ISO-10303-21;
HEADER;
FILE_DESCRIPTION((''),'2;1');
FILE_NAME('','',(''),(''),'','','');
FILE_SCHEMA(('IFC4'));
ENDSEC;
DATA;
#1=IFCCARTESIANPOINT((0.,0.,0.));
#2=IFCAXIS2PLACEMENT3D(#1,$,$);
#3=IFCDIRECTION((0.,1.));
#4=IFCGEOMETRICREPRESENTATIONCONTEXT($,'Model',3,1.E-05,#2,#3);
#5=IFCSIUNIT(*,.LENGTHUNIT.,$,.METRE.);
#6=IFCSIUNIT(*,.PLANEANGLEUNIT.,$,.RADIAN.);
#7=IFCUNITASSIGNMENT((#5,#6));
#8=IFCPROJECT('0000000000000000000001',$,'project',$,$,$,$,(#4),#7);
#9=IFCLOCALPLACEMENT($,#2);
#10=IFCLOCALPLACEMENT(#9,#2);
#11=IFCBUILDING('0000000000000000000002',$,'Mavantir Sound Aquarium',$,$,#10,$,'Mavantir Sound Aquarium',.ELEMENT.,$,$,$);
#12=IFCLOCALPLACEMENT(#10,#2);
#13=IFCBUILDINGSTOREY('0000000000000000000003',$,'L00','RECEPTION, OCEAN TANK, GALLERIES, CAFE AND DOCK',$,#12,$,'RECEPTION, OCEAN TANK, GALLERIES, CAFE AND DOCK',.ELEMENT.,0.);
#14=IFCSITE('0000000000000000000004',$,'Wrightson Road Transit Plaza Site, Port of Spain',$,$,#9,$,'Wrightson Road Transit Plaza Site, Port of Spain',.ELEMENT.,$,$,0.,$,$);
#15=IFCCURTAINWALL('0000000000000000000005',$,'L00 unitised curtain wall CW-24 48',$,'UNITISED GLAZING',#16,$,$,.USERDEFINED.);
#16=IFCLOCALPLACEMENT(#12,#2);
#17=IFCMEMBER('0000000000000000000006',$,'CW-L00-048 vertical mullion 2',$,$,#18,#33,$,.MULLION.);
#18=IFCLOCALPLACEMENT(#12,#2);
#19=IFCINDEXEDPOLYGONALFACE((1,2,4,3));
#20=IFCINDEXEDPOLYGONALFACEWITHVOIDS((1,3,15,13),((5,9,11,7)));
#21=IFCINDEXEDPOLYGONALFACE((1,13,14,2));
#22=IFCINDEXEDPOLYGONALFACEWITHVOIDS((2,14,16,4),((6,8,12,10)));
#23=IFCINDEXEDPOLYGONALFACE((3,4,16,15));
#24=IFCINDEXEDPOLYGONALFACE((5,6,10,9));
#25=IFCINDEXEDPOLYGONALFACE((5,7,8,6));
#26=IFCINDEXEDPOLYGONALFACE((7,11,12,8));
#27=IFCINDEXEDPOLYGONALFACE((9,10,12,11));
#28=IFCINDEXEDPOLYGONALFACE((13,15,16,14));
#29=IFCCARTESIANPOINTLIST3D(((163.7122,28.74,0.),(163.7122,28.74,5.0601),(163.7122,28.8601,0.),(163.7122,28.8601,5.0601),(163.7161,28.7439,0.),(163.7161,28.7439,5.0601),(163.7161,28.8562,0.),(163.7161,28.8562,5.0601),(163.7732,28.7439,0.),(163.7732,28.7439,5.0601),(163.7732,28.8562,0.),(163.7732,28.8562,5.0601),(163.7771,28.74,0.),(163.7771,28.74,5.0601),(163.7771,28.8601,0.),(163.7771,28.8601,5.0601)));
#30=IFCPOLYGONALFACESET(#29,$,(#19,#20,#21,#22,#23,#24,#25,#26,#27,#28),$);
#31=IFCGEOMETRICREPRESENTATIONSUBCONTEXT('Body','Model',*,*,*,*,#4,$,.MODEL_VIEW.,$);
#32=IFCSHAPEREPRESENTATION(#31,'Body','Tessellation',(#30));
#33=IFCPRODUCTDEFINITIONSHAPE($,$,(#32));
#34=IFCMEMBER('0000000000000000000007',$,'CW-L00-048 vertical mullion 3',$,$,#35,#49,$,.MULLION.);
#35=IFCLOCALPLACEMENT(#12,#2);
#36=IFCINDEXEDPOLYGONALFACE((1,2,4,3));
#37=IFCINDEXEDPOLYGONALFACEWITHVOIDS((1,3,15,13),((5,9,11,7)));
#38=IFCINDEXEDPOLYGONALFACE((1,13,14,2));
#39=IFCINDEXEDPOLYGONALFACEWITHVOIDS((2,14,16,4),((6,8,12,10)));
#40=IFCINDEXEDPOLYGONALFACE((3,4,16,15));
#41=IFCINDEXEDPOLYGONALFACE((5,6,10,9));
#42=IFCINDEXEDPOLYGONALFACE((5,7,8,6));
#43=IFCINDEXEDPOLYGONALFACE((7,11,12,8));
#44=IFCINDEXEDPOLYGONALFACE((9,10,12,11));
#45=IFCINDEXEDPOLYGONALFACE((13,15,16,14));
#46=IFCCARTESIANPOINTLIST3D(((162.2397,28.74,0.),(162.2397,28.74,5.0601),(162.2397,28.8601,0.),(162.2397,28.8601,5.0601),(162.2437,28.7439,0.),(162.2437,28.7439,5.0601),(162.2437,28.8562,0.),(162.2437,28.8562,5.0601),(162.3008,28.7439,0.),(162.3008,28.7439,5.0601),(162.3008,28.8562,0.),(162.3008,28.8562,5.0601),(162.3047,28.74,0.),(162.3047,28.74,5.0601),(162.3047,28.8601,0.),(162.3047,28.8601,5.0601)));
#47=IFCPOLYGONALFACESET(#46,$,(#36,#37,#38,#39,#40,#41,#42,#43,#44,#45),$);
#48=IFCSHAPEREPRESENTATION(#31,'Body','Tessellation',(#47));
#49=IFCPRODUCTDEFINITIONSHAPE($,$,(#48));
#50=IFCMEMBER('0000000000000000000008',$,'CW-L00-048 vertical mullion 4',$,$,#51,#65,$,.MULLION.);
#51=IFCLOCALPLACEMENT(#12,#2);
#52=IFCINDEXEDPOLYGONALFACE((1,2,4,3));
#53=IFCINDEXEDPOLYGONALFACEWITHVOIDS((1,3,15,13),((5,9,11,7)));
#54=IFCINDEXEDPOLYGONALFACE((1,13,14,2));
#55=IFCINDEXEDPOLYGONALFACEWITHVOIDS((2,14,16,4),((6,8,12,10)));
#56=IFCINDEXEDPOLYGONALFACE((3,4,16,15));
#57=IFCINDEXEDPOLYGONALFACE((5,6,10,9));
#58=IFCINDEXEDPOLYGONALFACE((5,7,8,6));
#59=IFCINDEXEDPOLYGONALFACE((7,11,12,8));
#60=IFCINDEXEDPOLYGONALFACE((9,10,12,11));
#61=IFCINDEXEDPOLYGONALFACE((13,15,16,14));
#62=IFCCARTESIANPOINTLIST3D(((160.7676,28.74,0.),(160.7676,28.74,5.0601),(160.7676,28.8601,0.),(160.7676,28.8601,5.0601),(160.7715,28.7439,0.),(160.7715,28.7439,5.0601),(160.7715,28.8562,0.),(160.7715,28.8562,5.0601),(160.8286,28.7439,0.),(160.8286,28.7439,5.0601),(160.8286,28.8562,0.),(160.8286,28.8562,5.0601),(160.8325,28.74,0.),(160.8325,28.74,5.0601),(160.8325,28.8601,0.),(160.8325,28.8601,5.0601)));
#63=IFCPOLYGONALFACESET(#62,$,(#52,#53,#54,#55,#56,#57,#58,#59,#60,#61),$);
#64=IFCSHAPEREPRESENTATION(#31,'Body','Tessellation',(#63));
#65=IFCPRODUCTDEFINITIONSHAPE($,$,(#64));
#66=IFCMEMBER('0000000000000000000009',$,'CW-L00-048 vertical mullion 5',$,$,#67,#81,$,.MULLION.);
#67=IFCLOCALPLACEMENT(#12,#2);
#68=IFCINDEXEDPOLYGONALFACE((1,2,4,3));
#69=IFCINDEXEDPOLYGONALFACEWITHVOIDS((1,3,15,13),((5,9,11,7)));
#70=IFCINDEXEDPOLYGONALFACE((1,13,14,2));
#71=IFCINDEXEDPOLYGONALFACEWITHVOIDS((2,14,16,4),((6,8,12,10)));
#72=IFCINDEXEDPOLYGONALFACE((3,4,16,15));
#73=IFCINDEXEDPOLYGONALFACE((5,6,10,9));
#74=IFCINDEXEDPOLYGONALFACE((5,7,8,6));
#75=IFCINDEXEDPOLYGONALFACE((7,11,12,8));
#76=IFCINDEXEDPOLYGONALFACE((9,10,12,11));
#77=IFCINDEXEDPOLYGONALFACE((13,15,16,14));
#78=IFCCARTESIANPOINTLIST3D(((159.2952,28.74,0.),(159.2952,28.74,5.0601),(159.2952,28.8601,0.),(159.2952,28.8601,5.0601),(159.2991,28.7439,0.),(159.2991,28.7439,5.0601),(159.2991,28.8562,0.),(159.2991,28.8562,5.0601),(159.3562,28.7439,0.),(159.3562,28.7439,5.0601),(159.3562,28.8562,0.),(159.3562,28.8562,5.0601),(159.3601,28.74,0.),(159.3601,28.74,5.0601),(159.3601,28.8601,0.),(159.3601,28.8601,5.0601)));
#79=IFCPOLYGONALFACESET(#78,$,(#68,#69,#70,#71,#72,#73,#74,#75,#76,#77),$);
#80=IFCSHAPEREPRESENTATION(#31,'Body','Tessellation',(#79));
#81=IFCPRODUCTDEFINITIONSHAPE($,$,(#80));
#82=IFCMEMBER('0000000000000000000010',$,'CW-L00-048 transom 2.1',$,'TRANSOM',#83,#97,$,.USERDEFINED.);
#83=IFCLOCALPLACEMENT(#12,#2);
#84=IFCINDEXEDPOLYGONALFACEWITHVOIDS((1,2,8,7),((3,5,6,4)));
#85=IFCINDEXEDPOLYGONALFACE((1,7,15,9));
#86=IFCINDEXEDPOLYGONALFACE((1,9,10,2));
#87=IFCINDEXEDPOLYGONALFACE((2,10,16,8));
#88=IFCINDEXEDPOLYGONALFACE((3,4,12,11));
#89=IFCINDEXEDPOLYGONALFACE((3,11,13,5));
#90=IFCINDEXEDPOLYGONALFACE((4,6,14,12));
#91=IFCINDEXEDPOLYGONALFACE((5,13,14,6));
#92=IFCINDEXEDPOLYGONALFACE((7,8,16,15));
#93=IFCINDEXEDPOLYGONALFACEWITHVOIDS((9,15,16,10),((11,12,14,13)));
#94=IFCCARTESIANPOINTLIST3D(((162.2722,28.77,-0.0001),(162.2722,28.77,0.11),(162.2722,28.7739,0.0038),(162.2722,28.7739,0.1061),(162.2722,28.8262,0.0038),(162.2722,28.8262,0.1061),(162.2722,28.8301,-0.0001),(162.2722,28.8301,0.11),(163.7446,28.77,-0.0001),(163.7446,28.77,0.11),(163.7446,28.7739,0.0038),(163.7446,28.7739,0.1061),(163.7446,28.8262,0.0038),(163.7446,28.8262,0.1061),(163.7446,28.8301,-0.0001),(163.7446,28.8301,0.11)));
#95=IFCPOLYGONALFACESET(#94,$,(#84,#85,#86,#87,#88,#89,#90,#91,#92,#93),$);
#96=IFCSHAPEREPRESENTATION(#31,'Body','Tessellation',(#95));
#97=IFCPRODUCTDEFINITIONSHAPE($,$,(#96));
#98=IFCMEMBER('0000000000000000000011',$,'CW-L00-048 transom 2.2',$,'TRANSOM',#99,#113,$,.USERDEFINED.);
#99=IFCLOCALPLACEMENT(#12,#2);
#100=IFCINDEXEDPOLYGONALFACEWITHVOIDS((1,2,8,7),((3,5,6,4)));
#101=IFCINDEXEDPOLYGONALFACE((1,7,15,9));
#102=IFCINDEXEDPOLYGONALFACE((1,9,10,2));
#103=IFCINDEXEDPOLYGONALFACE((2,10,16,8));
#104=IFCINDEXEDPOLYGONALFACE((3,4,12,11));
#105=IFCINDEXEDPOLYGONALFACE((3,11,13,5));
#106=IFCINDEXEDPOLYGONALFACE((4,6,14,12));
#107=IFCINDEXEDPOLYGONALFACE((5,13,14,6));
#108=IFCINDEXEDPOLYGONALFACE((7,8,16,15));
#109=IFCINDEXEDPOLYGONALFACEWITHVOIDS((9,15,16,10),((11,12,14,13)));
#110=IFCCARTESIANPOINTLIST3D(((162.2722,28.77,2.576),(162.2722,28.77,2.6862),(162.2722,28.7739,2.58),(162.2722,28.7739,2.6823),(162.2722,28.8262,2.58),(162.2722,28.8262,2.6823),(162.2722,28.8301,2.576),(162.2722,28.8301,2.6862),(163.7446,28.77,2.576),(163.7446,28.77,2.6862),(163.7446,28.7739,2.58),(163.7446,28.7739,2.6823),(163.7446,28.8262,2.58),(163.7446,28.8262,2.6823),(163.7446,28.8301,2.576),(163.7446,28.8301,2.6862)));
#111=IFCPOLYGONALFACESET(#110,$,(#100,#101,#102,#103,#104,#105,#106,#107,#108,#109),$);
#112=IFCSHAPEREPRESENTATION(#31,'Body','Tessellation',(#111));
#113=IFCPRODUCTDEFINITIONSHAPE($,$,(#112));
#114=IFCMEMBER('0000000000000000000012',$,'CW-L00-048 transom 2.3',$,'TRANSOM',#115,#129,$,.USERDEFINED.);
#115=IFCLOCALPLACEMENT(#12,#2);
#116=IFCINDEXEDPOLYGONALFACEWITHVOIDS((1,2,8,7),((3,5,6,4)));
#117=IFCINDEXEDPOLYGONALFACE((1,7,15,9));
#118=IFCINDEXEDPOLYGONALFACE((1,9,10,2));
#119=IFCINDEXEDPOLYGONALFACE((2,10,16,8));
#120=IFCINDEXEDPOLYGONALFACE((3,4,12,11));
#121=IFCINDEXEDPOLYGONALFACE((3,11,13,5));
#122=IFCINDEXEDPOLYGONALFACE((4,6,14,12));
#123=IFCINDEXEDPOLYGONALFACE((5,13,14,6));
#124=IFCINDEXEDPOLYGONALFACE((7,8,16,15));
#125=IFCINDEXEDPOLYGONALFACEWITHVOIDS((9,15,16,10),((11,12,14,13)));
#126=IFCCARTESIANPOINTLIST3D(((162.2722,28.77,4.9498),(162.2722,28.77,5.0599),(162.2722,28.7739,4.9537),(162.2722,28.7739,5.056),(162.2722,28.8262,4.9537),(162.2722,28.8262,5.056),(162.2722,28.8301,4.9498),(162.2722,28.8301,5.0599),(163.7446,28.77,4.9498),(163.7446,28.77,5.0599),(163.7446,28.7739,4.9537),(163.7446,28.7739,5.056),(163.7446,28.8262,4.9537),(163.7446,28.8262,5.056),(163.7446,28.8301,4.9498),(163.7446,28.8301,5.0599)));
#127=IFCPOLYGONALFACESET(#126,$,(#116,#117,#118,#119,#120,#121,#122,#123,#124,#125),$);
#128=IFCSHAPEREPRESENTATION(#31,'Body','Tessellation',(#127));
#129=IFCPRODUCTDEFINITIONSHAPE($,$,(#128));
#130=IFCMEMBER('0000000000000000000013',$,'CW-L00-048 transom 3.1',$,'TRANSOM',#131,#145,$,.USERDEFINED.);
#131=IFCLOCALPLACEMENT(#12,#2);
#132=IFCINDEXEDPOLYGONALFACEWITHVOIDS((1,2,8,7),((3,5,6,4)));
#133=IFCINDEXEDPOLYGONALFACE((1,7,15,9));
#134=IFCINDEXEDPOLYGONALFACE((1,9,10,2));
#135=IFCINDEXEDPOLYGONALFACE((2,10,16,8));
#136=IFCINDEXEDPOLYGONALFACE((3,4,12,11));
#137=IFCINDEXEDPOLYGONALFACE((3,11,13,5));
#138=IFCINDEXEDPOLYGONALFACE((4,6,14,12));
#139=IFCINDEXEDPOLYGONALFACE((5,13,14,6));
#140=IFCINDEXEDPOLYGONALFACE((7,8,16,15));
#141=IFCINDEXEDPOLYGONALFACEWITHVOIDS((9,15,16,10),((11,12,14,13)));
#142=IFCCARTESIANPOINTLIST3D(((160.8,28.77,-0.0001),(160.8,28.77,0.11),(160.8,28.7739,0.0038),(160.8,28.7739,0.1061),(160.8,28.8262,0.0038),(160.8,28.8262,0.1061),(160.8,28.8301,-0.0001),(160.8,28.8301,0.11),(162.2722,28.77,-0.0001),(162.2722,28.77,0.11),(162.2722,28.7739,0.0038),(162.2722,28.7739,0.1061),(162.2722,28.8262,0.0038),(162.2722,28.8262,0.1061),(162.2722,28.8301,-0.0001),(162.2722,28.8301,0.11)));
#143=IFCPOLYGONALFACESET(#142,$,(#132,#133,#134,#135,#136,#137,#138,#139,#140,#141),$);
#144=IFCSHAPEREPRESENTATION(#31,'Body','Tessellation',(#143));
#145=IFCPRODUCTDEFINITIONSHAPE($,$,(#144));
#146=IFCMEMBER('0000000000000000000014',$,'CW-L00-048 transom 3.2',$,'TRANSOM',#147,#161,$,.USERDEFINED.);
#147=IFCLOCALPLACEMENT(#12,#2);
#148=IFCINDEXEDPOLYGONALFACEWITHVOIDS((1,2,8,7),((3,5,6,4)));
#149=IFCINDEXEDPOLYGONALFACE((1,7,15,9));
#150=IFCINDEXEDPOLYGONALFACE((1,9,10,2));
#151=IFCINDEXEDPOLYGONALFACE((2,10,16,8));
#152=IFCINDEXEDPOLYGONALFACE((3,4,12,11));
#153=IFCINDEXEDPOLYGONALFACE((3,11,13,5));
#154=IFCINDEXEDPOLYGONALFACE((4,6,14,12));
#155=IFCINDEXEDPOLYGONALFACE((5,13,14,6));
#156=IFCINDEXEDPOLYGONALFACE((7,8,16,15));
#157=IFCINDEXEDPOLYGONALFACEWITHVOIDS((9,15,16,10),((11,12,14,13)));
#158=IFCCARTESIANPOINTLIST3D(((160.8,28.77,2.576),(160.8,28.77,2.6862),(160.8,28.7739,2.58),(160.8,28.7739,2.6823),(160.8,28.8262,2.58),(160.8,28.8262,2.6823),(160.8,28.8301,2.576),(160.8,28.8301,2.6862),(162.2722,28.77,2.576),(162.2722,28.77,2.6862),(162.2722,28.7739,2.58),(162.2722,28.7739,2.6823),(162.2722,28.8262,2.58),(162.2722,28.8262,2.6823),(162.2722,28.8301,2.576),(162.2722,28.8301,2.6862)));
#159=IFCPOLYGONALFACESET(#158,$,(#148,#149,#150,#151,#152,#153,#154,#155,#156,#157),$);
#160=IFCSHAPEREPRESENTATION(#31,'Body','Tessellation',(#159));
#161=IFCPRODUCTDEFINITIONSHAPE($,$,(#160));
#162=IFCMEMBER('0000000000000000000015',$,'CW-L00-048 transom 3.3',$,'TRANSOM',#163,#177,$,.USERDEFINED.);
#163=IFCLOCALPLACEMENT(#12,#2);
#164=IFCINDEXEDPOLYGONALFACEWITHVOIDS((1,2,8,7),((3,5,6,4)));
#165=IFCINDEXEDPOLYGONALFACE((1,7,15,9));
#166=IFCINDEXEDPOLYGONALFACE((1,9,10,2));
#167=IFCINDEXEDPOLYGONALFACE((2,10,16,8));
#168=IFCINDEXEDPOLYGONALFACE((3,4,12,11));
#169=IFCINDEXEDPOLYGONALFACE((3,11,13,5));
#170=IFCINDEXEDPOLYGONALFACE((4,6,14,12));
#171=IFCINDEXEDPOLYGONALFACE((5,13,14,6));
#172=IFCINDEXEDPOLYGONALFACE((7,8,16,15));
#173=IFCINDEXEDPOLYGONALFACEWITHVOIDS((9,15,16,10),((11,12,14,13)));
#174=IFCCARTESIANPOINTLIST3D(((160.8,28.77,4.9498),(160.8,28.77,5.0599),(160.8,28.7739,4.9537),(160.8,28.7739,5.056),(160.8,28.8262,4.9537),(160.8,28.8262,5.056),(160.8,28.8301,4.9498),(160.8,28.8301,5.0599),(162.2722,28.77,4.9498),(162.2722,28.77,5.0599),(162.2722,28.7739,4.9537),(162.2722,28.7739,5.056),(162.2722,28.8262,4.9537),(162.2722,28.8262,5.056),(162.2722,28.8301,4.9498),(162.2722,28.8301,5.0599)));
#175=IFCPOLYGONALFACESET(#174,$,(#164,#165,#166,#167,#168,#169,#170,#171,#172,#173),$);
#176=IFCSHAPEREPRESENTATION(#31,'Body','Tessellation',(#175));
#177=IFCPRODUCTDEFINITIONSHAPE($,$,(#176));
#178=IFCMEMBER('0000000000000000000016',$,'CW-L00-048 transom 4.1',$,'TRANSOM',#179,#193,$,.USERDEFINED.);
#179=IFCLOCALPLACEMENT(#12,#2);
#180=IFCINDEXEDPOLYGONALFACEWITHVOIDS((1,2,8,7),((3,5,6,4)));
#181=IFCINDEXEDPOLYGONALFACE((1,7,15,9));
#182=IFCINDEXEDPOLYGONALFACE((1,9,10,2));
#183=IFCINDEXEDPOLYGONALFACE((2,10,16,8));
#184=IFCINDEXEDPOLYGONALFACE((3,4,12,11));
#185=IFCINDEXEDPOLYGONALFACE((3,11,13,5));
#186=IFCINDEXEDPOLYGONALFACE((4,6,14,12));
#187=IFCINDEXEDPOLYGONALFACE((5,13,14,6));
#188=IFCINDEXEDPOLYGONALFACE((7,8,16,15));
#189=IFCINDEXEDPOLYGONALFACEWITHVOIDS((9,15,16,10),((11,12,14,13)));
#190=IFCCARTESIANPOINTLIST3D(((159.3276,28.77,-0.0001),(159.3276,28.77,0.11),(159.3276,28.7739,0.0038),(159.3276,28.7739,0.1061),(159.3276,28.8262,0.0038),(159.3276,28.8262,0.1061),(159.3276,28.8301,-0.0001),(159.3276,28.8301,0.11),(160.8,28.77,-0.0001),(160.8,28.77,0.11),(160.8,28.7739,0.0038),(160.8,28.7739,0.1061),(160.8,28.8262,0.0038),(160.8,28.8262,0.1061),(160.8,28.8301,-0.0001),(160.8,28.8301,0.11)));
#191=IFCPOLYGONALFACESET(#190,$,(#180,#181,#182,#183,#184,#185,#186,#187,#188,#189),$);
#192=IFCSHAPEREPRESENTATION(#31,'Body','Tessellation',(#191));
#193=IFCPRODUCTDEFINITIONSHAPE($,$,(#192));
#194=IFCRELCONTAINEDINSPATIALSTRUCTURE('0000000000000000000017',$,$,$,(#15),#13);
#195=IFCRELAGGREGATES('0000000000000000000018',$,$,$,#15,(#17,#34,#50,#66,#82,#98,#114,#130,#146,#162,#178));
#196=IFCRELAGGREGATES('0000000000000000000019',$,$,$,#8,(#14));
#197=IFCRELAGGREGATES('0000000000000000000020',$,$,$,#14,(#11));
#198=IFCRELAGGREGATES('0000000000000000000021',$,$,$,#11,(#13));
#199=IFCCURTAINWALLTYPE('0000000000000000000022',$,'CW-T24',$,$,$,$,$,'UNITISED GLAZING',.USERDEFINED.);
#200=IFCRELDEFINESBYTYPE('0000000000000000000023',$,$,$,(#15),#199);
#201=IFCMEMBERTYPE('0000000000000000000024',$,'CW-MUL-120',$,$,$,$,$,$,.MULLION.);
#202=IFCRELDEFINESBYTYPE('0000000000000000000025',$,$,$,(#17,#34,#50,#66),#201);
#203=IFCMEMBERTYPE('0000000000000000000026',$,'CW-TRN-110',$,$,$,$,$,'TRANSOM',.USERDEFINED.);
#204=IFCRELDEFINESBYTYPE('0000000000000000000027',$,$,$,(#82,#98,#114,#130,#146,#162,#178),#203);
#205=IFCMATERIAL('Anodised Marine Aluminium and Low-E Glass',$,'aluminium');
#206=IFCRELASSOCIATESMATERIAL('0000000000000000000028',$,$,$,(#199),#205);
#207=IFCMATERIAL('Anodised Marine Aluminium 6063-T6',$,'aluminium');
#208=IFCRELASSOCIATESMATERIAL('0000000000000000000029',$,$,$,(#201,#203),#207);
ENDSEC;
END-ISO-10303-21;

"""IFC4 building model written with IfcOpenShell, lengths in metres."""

from ifc_helpers import new_model, si_unit, direction, frame, origin, origin_2d, place, context, subcontext, project, spatial, hollow_rectangle, extrude, material, material_profile, profile_set, type_object, element, aggregate, save


model = new_model("IFC4")

# Units and contexts
model_context = context("Model", 3, precision=1e-05, world=origin(), true_north=direction((0.0, 1.0)))
body_context = subcontext(model_context, "Body", "Model", "MODEL_VIEW")
ifc_project = project(units=[si_unit("LENGTHUNIT", "METRE"), si_unit("PLANEANGLEUNIT", "RADIAN")], contexts=[model_context])

# Site, building, storey
site_placement = place(None, origin())
site = spatial("IfcSite", under=ifc_project, at=site_placement, Name="Wrightson Road Transit Plaza Site, Port of Spain", LongName="Wrightson Road Transit Plaza Site, Port of Spain", CompositionType="ELEMENT", RefElevation=0.0)
building_placement = place(site_placement, origin())
building = spatial("IfcBuilding", under=site, at=building_placement, Name="Mavantir Sound Aquarium", LongName="Mavantir Sound Aquarium", CompositionType="ELEMENT")
storey_placement = place(building_placement, origin())
storey = spatial("IfcBuildingStorey", under=building, at=storey_placement, Name="L00", Description="RECEPTION, OCEAN TANK, GALLERIES, CAFE AND DOCK", LongName="RECEPTION, OCEAN TANK, GALLERIES, CAFE AND DOCK", CompositionType="ELEMENT", Elevation=0.0)

# Curtain wall, members
ifc_material_1 = material(Name="Anodised Marine Aluminium and Low-E Glass", Category="aluminium")
curtain_wall_type = type_object("IfcCurtainWallType", Name="CW-T24", ElementType="UNITISED GLAZING", PredefinedType="USERDEFINED", material=ifc_material_1)
curtain_wall_placement = place(storey_placement, origin())
curtain_wall = element("IfcCurtainWall", 1, at=curtain_wall_placement, inside=storey, type_object=curtain_wall_type, Name="L00 unitised curtain wall CW-24 48", ObjectType="UNITISED GLAZING", PredefinedType="USERDEFINED")
ifc_material_2 = material(Name="Anodised Marine Aluminium 6063-T6", Category="aluminium")
ifc_material_profile_1 = material_profile(ifc_material_2, hollow_rectangle(XDim=0.0649, YDim=0.1201, WallThickness=0.0039, at=origin_2d()), Name="ALU-MULLION-120X65")
ifc_profile_set_1 = profile_set([ifc_material_profile_1], Name="Anodised Marine Aluminium 6063-T6")
member_type_1 = type_object("IfcMemberType", Name="CW-MUL-120", PredefinedType="MULLION", material=ifc_profile_set_1)
member_1_placement = place(storey_placement, frame((163.7446, 28.8, 0.0), z_axis=(0.0, 0.0, 1.0), x_axis=(1.0, 0.0, 0.0)))
member_1 = element("IfcMember", 2, at=member_1_placement, type_object=member_type_1, Name="CW-L00-048 vertical mullion 2", PredefinedType="MULLION", context=body_context, shape_type="SweptSolid", body=[
    extrude(hollow_rectangle(XDim=0.0649, YDim=0.1201, WallThickness=0.0039, at=origin_2d()), origin(), (0.0, 0.0, 1.0), 5.0601),
])
member_2_placement = place(storey_placement, frame((162.2722, 28.8, 0.0), z_axis=(0.0, 0.0, 1.0), x_axis=(1.0, 0.0, 0.0)))
member_2 = element("IfcMember", 3, at=member_2_placement, type_object=member_type_1, Name="CW-L00-048 vertical mullion 3", PredefinedType="MULLION", context=body_context, shape_type="SweptSolid", body=[
    extrude(hollow_rectangle(XDim=0.0649, YDim=0.1201, WallThickness=0.0039, at=origin_2d()), origin(), (0.0, 0.0, 1.0), 5.0601),
])
member_3_placement = place(storey_placement, frame((160.8, 28.8, 0.0), z_axis=(0.0, 0.0, 1.0), x_axis=(1.0, 0.0, 0.0)))
member_3 = element("IfcMember", 4, at=member_3_placement, type_object=member_type_1, Name="CW-L00-048 vertical mullion 4", PredefinedType="MULLION", context=body_context, shape_type="SweptSolid", body=[
    extrude(hollow_rectangle(XDim=0.0649, YDim=0.1201, WallThickness=0.0039, at=origin_2d()), origin(), (0.0, 0.0, 1.0), 5.0601),
])
member_4_placement = place(storey_placement, frame((159.3276, 28.8, 0.0), z_axis=(0.0, 0.0, 1.0), x_axis=(1.0, 0.0, 0.0)))
member_4 = element("IfcMember", 5, at=member_4_placement, type_object=member_type_1, Name="CW-L00-048 vertical mullion 5", PredefinedType="MULLION", context=body_context, shape_type="SweptSolid", body=[
    extrude(hollow_rectangle(XDim=0.0649, YDim=0.1201, WallThickness=0.0039, at=origin_2d()), origin(), (0.0, 0.0, 1.0), 5.0601),
])
ifc_material_profile_2 = material_profile(ifc_material_2, hollow_rectangle(XDim=0.0601, YDim=0.1101, WallThickness=0.0039, at=origin_2d()), Name="ALU-TRANSOM-110X60")
ifc_profile_set_2 = profile_set([ifc_material_profile_2], Name="Anodised Marine Aluminium 6063-T6")
member_type_2 = type_object("IfcMemberType", Name="CW-TRN-110", ElementType="TRANSOM", PredefinedType="USERDEFINED", material=ifc_profile_set_2)
member_5_placement = place(storey_placement, frame((163.7446, 28.8, 0.0549), z_axis=(-1.0, 0.0, 0.0), x_axis=(0.0, -1.0, 0.0)))
member_5 = element("IfcMember", 6, at=member_5_placement, type_object=member_type_2, Name="CW-L00-048 transom 2.1", ObjectType="TRANSOM", PredefinedType="USERDEFINED", context=body_context, shape_type="SweptSolid", body=[
    extrude(hollow_rectangle(XDim=0.0601, YDim=0.1101, WallThickness=0.0039, at=origin_2d()), origin(), (0.0, 0.0, 1.0), 1.4724),
])
member_6_placement = place(storey_placement, frame((163.7446, 28.8, 2.6311), z_axis=(-1.0, 0.0, 0.0), x_axis=(0.0, -1.0, 0.0)))
member_6 = element("IfcMember", 7, at=member_6_placement, type_object=member_type_2, Name="CW-L00-048 transom 2.2", ObjectType="TRANSOM", PredefinedType="USERDEFINED", context=body_context, shape_type="SweptSolid", body=[
    extrude(hollow_rectangle(XDim=0.0601, YDim=0.1101, WallThickness=0.0039, at=origin_2d()), origin(), (0.0, 0.0, 1.0), 1.4724),
])
member_7_placement = place(storey_placement, frame((163.7446, 28.8, 5.0049), z_axis=(-1.0, 0.0, 0.0), x_axis=(0.0, -1.0, 0.0)))
member_7 = element("IfcMember", 8, at=member_7_placement, type_object=member_type_2, Name="CW-L00-048 transom 2.3", ObjectType="TRANSOM", PredefinedType="USERDEFINED", context=body_context, shape_type="SweptSolid", body=[
    extrude(hollow_rectangle(XDim=0.0601, YDim=0.1101, WallThickness=0.0039, at=origin_2d()), origin(), (0.0, 0.0, 1.0), 1.4724),
])
member_8_placement = place(storey_placement, frame((162.2722, 28.8, 0.0549), z_axis=(-1.0, 0.0, 0.0), x_axis=(0.0, -1.0, 0.0)))
member_8 = element("IfcMember", 9, at=member_8_placement, type_object=member_type_2, Name="CW-L00-048 transom 3.1", ObjectType="TRANSOM", PredefinedType="USERDEFINED", context=body_context, shape_type="SweptSolid", body=[
    extrude(hollow_rectangle(XDim=0.0601, YDim=0.1101, WallThickness=0.0039, at=origin_2d()), origin(), (0.0, 0.0, 1.0), 1.4722),
])
member_9_placement = place(storey_placement, frame((162.2722, 28.8, 2.6311), z_axis=(-1.0, 0.0, 0.0), x_axis=(0.0, -1.0, 0.0)))
member_9 = element("IfcMember", 10, at=member_9_placement, type_object=member_type_2, Name="CW-L00-048 transom 3.2", ObjectType="TRANSOM", PredefinedType="USERDEFINED", context=body_context, shape_type="SweptSolid", body=[
    extrude(hollow_rectangle(XDim=0.0601, YDim=0.1101, WallThickness=0.0039, at=origin_2d()), origin(), (0.0, 0.0, 1.0), 1.4722),
])
member_10_placement = place(storey_placement, frame((162.2722, 28.8, 5.0049), z_axis=(-1.0, 0.0, 0.0), x_axis=(0.0, -1.0, 0.0)))
member_10 = element("IfcMember", 11, at=member_10_placement, type_object=member_type_2, Name="CW-L00-048 transom 3.3", ObjectType="TRANSOM", PredefinedType="USERDEFINED", context=body_context, shape_type="SweptSolid", body=[
    extrude(hollow_rectangle(XDim=0.0601, YDim=0.1101, WallThickness=0.0039, at=origin_2d()), origin(), (0.0, 0.0, 1.0), 1.4722),
])
member_11_placement = place(storey_placement, frame((160.8, 28.8, 0.0549), z_axis=(-1.0, 0.0, 0.0), x_axis=(0.0, -1.0, 0.0)))
member_11 = element("IfcMember", 12, at=member_11_placement, type_object=member_type_2, Name="CW-L00-048 transom 4.1", ObjectType="TRANSOM", PredefinedType="USERDEFINED", context=body_context, shape_type="SweptSolid", body=[
    extrude(hollow_rectangle(XDim=0.0601, YDim=0.1101, WallThickness=0.0039, at=origin_2d()), origin(), (0.0, 0.0, 1.0), 1.4724),
])
aggregate(curtain_wall, [member_1, member_2, member_3, member_4, member_5, member_6, member_7, member_8, member_9, member_10, member_11])

save(model, "model.ifc")
